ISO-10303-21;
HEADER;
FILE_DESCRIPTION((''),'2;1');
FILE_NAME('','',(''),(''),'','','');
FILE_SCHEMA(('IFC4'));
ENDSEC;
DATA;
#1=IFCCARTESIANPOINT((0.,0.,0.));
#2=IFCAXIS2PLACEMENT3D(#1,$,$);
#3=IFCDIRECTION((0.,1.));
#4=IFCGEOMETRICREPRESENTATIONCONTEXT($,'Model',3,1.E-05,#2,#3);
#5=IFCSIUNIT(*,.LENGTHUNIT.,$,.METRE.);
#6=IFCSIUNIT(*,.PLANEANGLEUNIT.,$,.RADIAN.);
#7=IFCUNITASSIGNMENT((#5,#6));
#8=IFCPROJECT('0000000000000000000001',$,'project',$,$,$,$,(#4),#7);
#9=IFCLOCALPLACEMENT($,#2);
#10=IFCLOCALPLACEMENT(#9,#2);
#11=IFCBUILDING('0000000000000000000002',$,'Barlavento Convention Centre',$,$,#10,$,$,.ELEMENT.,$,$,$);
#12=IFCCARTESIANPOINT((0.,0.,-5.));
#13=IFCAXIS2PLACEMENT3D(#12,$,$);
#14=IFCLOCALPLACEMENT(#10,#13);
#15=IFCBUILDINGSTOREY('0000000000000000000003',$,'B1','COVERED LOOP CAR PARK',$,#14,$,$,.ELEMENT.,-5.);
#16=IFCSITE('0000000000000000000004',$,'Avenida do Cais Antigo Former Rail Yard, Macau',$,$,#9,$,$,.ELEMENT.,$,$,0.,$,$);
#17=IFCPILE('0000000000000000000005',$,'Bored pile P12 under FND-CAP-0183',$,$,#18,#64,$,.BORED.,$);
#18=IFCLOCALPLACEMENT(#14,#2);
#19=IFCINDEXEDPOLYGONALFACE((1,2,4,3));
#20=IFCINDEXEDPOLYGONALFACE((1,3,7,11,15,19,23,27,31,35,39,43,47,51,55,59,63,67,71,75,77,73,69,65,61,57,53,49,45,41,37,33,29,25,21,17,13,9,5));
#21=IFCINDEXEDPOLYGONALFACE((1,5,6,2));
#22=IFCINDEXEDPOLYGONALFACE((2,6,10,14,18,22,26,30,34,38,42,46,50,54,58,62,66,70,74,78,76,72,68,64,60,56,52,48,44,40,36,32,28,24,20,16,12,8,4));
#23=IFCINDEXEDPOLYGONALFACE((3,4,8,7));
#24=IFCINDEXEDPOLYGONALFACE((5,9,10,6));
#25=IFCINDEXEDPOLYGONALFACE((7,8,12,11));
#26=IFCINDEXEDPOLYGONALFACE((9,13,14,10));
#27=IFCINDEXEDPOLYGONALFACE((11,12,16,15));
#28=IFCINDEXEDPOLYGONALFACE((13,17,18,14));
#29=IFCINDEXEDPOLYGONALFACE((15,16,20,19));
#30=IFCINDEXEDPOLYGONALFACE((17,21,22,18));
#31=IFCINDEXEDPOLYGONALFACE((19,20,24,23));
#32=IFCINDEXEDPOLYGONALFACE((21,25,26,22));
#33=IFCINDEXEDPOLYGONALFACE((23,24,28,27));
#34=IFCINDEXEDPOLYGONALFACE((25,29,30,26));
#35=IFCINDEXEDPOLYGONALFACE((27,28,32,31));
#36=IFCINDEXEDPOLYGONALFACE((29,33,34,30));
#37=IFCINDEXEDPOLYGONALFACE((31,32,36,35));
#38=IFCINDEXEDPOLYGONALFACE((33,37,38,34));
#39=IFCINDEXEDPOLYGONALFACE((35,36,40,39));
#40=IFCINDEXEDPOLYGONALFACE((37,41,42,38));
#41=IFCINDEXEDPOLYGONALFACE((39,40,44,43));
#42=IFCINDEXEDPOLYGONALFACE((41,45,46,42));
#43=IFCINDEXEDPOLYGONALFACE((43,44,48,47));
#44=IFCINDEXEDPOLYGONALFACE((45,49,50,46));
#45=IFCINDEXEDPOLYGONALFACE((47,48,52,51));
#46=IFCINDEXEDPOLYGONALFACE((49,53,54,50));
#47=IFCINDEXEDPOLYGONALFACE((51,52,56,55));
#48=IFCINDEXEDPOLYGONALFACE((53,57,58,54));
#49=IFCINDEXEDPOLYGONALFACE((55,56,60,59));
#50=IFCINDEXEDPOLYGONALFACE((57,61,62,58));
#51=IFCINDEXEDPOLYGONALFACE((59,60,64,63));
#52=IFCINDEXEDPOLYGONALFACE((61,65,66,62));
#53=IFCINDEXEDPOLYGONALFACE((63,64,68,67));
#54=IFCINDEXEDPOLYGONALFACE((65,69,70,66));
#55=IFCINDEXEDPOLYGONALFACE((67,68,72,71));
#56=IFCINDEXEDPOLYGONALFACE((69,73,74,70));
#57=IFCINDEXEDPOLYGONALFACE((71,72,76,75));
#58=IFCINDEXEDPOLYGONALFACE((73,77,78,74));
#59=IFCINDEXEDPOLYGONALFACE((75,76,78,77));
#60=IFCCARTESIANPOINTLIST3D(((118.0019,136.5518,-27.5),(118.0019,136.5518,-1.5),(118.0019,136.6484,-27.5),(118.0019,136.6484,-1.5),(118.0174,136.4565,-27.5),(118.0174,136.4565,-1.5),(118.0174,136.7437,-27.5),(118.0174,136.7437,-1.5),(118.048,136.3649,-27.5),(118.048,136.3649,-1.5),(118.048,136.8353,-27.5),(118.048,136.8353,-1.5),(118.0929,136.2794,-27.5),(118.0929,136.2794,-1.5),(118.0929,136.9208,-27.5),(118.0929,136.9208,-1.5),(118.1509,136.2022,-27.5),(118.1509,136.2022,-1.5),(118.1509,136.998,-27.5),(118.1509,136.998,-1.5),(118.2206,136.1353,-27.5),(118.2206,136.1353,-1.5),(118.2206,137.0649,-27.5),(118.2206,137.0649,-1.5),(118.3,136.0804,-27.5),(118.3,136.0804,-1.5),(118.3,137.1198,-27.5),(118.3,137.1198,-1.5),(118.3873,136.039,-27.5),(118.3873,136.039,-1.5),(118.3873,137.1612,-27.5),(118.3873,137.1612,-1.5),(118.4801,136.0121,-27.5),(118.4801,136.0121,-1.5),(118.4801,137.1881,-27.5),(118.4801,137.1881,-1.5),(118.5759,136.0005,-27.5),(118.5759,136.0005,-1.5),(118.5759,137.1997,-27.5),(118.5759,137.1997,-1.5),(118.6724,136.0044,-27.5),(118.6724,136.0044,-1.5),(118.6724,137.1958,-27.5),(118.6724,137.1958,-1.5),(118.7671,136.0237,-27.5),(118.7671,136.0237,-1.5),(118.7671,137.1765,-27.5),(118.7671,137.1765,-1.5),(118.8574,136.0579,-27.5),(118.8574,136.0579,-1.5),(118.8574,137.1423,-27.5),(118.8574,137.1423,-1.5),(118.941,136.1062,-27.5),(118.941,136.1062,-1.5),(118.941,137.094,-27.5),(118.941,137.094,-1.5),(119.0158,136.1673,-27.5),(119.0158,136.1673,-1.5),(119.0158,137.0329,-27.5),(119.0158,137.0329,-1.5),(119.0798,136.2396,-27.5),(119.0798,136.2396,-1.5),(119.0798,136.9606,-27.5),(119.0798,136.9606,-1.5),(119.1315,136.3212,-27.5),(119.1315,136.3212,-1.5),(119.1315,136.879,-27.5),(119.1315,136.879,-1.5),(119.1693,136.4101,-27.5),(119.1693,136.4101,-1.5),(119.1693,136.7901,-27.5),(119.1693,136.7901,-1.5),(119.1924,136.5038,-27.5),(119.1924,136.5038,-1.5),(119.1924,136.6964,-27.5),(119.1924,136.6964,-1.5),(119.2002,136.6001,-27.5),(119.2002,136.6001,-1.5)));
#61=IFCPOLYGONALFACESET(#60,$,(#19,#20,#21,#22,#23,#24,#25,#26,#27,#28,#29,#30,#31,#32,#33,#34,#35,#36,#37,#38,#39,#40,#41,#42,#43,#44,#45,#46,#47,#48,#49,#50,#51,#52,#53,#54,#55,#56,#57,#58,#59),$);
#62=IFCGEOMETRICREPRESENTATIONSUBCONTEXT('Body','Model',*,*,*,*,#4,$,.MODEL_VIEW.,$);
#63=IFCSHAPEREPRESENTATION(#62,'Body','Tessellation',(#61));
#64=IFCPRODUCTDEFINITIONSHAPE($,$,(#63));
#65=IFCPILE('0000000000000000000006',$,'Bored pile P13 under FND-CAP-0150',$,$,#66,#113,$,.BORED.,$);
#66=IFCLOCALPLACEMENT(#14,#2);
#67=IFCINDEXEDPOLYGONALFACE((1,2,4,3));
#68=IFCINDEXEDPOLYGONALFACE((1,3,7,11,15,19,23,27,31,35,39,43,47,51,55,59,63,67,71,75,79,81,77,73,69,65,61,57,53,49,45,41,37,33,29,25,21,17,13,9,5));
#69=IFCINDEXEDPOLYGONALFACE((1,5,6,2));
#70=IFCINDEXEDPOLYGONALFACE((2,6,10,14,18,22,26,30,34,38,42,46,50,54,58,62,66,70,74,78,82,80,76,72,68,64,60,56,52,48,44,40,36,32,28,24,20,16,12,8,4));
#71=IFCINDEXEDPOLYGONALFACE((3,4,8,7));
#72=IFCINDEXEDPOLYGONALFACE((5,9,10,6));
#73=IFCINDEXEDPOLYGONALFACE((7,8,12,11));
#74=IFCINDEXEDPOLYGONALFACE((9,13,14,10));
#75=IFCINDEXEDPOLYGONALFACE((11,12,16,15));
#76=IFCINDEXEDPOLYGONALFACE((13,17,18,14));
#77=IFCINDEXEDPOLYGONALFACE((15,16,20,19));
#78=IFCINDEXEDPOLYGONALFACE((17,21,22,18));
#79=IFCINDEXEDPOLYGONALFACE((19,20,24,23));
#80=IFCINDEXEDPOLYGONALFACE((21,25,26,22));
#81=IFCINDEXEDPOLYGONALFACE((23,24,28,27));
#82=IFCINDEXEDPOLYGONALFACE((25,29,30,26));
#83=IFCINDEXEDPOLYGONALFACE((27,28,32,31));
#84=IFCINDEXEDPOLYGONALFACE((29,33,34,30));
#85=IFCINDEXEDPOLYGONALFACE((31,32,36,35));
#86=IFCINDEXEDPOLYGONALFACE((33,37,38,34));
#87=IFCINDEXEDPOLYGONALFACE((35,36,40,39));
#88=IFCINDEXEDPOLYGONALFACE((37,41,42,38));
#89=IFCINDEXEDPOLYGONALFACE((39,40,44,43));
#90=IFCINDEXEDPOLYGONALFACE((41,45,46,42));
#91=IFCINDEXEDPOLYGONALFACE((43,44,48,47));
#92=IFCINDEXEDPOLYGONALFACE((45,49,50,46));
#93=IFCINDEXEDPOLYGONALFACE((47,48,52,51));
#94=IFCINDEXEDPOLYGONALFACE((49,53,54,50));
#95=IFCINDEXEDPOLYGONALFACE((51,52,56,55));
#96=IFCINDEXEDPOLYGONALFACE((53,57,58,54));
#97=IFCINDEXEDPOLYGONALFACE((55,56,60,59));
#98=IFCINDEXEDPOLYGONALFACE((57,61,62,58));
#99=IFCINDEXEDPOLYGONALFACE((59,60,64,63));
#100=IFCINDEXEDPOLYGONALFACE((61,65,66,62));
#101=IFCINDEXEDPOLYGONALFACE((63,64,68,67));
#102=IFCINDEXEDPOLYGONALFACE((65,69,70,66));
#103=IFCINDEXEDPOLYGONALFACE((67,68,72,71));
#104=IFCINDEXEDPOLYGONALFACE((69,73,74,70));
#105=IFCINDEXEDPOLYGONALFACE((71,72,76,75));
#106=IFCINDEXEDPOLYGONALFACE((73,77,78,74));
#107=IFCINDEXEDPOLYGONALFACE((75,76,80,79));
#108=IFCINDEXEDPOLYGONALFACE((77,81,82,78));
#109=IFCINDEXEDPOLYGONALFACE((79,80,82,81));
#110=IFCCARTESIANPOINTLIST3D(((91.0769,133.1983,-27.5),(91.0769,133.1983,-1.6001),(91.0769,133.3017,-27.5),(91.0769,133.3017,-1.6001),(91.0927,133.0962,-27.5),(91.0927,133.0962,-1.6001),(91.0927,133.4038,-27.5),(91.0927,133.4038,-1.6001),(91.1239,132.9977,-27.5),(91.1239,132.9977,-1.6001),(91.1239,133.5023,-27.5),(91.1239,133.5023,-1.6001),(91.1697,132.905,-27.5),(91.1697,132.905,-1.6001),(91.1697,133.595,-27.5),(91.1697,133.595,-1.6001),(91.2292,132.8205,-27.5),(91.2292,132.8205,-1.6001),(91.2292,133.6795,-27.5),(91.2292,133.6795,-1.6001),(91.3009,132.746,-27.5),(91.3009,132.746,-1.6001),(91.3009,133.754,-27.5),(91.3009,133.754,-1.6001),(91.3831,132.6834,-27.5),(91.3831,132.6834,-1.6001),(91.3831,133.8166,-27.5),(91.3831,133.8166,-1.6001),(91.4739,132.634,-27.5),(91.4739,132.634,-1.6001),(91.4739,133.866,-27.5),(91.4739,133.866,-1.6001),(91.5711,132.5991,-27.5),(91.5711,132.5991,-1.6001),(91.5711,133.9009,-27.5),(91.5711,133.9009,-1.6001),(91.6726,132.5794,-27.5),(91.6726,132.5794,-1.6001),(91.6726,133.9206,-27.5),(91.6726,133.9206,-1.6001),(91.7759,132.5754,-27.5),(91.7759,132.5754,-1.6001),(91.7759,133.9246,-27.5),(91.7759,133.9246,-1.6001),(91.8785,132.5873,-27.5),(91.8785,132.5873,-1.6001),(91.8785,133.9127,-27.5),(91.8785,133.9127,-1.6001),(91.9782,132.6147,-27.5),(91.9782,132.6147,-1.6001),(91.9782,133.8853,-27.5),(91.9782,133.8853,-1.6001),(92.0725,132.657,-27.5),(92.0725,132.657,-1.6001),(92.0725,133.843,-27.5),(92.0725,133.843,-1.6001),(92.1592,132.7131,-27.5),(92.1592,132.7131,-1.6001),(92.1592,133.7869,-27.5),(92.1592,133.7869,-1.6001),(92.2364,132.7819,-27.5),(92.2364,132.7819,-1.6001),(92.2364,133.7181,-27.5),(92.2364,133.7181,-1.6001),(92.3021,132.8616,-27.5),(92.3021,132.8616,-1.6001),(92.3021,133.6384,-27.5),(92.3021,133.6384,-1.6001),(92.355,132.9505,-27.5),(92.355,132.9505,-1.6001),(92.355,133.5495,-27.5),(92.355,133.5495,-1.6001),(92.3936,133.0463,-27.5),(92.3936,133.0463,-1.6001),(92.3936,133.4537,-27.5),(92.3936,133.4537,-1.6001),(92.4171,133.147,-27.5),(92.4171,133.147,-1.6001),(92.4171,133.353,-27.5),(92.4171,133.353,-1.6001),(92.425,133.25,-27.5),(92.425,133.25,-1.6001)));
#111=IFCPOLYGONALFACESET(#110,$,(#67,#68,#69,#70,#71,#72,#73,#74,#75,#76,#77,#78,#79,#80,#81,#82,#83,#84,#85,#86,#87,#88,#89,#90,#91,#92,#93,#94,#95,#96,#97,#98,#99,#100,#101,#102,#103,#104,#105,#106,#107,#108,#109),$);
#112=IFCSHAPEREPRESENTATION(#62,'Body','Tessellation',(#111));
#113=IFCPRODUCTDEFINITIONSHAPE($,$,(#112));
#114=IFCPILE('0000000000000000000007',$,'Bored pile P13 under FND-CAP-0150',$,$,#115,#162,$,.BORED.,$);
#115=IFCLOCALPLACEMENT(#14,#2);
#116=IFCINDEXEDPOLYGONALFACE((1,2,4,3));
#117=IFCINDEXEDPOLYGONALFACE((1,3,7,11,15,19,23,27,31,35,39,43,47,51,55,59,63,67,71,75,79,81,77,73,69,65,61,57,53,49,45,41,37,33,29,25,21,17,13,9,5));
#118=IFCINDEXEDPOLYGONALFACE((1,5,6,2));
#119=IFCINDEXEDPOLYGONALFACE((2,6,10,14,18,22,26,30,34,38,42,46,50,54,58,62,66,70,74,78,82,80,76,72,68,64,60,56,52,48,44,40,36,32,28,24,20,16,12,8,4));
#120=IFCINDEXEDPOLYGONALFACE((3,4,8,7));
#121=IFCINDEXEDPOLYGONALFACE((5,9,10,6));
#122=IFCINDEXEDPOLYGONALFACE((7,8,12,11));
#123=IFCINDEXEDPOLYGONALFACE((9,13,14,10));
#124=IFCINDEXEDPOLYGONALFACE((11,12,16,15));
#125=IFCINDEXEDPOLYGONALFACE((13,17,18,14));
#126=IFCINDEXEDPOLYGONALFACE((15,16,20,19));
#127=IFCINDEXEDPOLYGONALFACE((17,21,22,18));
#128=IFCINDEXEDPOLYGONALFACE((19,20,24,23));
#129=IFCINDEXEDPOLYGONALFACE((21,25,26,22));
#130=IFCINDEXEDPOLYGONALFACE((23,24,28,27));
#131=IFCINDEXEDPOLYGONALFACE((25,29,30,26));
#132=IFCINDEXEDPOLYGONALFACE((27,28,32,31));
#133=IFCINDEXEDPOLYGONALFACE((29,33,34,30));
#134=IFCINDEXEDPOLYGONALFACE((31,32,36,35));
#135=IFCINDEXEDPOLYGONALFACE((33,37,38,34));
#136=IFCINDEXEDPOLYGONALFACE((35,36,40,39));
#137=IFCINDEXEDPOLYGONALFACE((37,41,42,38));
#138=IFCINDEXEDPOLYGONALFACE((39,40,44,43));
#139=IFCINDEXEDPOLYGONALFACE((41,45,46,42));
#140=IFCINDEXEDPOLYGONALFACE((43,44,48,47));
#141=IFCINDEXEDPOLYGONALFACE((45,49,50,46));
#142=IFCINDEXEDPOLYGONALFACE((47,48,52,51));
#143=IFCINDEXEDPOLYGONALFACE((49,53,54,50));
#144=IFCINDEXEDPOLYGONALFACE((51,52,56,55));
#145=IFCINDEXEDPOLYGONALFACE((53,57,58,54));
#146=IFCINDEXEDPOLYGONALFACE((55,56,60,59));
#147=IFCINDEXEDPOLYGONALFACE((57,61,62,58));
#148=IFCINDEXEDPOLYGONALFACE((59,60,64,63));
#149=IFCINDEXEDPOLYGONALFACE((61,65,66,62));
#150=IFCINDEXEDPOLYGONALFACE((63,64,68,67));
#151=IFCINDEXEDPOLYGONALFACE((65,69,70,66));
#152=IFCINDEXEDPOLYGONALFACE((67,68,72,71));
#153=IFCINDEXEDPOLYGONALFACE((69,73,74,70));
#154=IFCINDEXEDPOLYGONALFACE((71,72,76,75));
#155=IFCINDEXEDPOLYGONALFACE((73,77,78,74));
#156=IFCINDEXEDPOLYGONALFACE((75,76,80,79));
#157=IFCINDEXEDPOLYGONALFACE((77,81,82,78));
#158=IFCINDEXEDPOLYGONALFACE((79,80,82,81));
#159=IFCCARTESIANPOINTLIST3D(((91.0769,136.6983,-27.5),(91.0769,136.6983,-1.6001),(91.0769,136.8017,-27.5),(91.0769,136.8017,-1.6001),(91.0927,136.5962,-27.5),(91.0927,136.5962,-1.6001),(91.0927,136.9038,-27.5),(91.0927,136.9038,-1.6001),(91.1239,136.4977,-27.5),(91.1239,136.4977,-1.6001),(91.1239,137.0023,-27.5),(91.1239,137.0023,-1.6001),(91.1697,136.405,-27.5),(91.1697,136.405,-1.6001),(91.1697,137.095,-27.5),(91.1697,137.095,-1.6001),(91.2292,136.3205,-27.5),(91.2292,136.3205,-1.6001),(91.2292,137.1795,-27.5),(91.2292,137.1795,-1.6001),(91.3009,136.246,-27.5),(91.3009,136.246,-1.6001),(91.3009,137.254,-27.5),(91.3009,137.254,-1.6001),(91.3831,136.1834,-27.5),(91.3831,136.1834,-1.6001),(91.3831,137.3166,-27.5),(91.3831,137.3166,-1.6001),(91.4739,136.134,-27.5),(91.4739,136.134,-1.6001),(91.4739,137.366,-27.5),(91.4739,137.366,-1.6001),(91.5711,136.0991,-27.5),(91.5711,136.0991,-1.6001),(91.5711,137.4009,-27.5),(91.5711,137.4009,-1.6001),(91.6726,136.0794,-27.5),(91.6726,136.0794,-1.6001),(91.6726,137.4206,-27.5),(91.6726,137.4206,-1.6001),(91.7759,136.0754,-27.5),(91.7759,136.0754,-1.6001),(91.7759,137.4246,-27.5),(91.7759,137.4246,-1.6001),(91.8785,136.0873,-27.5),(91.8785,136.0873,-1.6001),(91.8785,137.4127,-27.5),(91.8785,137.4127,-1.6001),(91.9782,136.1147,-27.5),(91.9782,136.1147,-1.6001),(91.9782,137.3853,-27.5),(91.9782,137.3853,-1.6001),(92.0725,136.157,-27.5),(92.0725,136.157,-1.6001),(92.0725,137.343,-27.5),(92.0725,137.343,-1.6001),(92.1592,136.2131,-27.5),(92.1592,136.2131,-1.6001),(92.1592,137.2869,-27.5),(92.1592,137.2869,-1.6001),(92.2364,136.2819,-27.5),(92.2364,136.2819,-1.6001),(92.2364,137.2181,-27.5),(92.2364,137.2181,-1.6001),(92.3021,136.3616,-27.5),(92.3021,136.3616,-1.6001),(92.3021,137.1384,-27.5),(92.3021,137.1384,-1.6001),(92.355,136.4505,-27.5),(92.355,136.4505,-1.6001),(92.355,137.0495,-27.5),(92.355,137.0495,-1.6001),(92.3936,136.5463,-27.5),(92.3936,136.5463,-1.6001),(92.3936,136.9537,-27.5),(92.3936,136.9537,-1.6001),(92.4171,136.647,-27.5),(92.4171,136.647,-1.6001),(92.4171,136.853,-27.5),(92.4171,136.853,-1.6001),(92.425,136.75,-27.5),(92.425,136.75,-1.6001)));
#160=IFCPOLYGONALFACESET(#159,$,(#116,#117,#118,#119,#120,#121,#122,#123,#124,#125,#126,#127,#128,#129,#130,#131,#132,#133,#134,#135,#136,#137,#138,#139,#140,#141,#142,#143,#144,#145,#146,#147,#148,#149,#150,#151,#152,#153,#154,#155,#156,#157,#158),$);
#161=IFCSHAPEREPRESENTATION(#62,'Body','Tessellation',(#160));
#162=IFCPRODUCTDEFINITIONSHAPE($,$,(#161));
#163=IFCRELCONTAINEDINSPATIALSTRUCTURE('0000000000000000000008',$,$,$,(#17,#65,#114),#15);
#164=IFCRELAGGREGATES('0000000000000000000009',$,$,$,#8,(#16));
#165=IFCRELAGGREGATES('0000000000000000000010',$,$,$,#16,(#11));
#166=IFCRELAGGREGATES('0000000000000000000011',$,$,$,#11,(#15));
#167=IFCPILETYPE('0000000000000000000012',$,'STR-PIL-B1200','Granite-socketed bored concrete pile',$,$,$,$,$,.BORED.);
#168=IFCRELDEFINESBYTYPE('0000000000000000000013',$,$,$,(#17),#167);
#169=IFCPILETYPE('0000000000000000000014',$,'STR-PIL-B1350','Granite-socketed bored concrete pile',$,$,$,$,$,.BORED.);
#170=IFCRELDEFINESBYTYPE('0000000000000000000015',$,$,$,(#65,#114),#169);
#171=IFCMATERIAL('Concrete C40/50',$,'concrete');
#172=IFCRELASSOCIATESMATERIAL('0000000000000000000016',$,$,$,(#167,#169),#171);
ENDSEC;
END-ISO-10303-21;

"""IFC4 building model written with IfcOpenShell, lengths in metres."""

from ifc_helpers import new_model, si_unit, direction, frame, origin, origin_2d, place, context, subcontext, project, spatial, circle, extrude, material, material_profile, profile_set, type_object, element, save


model = new_model("IFC4")

# Units and contexts
model_context = context("Model", 3, precision=1e-05, world=origin(), true_north=direction((0.0, 1.0)))
body_context = subcontext(model_context, "Body", "Model", "MODEL_VIEW")
ifc_project = project(units=[si_unit("LENGTHUNIT", "METRE"), si_unit("PLANEANGLEUNIT", "RADIAN")], contexts=[model_context])

# Site, building, storey
site_placement = place(None, origin())
site = spatial("IfcSite", under=ifc_project, at=site_placement, Name="Avenida do Cais Antigo Former Rail Yard, Macau", CompositionType="ELEMENT", RefElevation=0.0)
building_placement = place(site_placement, origin())
building = spatial("IfcBuilding", under=site, at=building_placement, Name="Barlavento Convention Centre", CompositionType="ELEMENT")
storey_placement = place(building_placement, frame((0.0, 0.0, -5.0)))
storey = spatial("IfcBuildingStorey", under=building, at=storey_placement, Name="B1", Description="COVERED LOOP CAR PARK", CompositionType="ELEMENT", Elevation=-5.0)

# Shared definitions
ifc_material_1 = material(Name="Concrete C40/50", Category="concrete")

# Piles
ifc_material_profile_1 = material_profile(ifc_material_1, circle(Radius=0.6001, at=origin_2d()), Name="BORED PILE 1200")
ifc_profile_set_1 = profile_set([ifc_material_profile_1], Name="Concrete C40/50")
pile_type_1 = type_object("IfcPileType", Name="STR-PIL-B1200", Description="Granite-socketed bored concrete pile", PredefinedType="BORED", material=ifc_profile_set_1)
for number, where, z_axis, x_axis, name in (
    (1, (118.6001, 136.6001, -1.5), (0.0, 0.0, -1.0), (1.0, 0.0, 0.0), "Bored pile P12 under FND-CAP-0183"),
):
    element("IfcPile", number, at=place(storey_placement, frame(where, z_axis=z_axis, x_axis=x_axis)), inside=storey, type_object=pile_type_1, Name=name, PredefinedType="BORED", context=body_context, shape_type="SweptSolid", body=[
        extrude(circle(Radius=0.6001, at=origin_2d()), origin(), (0.0, 0.0, 1.0), 26.0),
    ])
ifc_material_profile_2 = material_profile(ifc_material_1, circle(Radius=0.675, at=origin_2d()), Name="BORED PILE 1350")
ifc_profile_set_2 = profile_set([ifc_material_profile_2], Name="Concrete C40/50")
pile_type_2 = type_object("IfcPileType", Name="STR-PIL-B1350", Description="Granite-socketed bored concrete pile", PredefinedType="BORED", material=ifc_profile_set_2)
for number, where, z_axis, x_axis, name in (
    (2, (91.75, 133.25, -1.6001), (0.0, 0.0, -1.0), (1.0, 0.0, 0.0), "Bored pile P13 under FND-CAP-0150"),
    (3, (91.75, 136.75, -1.6001), (0.0, 0.0, -1.0), (1.0, 0.0, 0.0), "Bored pile P13 under FND-CAP-0150"),
):
    element("IfcPile", number, at=place(storey_placement, frame(where, z_axis=z_axis, x_axis=x_axis)), inside=storey, type_object=pile_type_2, Name=name, PredefinedType="BORED", context=body_context, shape_type="SweptSolid", body=[
        extrude(circle(Radius=0.675, at=origin_2d()), origin(), (0.0, 0.0, 1.0), 25.8999),
    ])

save(model, "model.ifc")
